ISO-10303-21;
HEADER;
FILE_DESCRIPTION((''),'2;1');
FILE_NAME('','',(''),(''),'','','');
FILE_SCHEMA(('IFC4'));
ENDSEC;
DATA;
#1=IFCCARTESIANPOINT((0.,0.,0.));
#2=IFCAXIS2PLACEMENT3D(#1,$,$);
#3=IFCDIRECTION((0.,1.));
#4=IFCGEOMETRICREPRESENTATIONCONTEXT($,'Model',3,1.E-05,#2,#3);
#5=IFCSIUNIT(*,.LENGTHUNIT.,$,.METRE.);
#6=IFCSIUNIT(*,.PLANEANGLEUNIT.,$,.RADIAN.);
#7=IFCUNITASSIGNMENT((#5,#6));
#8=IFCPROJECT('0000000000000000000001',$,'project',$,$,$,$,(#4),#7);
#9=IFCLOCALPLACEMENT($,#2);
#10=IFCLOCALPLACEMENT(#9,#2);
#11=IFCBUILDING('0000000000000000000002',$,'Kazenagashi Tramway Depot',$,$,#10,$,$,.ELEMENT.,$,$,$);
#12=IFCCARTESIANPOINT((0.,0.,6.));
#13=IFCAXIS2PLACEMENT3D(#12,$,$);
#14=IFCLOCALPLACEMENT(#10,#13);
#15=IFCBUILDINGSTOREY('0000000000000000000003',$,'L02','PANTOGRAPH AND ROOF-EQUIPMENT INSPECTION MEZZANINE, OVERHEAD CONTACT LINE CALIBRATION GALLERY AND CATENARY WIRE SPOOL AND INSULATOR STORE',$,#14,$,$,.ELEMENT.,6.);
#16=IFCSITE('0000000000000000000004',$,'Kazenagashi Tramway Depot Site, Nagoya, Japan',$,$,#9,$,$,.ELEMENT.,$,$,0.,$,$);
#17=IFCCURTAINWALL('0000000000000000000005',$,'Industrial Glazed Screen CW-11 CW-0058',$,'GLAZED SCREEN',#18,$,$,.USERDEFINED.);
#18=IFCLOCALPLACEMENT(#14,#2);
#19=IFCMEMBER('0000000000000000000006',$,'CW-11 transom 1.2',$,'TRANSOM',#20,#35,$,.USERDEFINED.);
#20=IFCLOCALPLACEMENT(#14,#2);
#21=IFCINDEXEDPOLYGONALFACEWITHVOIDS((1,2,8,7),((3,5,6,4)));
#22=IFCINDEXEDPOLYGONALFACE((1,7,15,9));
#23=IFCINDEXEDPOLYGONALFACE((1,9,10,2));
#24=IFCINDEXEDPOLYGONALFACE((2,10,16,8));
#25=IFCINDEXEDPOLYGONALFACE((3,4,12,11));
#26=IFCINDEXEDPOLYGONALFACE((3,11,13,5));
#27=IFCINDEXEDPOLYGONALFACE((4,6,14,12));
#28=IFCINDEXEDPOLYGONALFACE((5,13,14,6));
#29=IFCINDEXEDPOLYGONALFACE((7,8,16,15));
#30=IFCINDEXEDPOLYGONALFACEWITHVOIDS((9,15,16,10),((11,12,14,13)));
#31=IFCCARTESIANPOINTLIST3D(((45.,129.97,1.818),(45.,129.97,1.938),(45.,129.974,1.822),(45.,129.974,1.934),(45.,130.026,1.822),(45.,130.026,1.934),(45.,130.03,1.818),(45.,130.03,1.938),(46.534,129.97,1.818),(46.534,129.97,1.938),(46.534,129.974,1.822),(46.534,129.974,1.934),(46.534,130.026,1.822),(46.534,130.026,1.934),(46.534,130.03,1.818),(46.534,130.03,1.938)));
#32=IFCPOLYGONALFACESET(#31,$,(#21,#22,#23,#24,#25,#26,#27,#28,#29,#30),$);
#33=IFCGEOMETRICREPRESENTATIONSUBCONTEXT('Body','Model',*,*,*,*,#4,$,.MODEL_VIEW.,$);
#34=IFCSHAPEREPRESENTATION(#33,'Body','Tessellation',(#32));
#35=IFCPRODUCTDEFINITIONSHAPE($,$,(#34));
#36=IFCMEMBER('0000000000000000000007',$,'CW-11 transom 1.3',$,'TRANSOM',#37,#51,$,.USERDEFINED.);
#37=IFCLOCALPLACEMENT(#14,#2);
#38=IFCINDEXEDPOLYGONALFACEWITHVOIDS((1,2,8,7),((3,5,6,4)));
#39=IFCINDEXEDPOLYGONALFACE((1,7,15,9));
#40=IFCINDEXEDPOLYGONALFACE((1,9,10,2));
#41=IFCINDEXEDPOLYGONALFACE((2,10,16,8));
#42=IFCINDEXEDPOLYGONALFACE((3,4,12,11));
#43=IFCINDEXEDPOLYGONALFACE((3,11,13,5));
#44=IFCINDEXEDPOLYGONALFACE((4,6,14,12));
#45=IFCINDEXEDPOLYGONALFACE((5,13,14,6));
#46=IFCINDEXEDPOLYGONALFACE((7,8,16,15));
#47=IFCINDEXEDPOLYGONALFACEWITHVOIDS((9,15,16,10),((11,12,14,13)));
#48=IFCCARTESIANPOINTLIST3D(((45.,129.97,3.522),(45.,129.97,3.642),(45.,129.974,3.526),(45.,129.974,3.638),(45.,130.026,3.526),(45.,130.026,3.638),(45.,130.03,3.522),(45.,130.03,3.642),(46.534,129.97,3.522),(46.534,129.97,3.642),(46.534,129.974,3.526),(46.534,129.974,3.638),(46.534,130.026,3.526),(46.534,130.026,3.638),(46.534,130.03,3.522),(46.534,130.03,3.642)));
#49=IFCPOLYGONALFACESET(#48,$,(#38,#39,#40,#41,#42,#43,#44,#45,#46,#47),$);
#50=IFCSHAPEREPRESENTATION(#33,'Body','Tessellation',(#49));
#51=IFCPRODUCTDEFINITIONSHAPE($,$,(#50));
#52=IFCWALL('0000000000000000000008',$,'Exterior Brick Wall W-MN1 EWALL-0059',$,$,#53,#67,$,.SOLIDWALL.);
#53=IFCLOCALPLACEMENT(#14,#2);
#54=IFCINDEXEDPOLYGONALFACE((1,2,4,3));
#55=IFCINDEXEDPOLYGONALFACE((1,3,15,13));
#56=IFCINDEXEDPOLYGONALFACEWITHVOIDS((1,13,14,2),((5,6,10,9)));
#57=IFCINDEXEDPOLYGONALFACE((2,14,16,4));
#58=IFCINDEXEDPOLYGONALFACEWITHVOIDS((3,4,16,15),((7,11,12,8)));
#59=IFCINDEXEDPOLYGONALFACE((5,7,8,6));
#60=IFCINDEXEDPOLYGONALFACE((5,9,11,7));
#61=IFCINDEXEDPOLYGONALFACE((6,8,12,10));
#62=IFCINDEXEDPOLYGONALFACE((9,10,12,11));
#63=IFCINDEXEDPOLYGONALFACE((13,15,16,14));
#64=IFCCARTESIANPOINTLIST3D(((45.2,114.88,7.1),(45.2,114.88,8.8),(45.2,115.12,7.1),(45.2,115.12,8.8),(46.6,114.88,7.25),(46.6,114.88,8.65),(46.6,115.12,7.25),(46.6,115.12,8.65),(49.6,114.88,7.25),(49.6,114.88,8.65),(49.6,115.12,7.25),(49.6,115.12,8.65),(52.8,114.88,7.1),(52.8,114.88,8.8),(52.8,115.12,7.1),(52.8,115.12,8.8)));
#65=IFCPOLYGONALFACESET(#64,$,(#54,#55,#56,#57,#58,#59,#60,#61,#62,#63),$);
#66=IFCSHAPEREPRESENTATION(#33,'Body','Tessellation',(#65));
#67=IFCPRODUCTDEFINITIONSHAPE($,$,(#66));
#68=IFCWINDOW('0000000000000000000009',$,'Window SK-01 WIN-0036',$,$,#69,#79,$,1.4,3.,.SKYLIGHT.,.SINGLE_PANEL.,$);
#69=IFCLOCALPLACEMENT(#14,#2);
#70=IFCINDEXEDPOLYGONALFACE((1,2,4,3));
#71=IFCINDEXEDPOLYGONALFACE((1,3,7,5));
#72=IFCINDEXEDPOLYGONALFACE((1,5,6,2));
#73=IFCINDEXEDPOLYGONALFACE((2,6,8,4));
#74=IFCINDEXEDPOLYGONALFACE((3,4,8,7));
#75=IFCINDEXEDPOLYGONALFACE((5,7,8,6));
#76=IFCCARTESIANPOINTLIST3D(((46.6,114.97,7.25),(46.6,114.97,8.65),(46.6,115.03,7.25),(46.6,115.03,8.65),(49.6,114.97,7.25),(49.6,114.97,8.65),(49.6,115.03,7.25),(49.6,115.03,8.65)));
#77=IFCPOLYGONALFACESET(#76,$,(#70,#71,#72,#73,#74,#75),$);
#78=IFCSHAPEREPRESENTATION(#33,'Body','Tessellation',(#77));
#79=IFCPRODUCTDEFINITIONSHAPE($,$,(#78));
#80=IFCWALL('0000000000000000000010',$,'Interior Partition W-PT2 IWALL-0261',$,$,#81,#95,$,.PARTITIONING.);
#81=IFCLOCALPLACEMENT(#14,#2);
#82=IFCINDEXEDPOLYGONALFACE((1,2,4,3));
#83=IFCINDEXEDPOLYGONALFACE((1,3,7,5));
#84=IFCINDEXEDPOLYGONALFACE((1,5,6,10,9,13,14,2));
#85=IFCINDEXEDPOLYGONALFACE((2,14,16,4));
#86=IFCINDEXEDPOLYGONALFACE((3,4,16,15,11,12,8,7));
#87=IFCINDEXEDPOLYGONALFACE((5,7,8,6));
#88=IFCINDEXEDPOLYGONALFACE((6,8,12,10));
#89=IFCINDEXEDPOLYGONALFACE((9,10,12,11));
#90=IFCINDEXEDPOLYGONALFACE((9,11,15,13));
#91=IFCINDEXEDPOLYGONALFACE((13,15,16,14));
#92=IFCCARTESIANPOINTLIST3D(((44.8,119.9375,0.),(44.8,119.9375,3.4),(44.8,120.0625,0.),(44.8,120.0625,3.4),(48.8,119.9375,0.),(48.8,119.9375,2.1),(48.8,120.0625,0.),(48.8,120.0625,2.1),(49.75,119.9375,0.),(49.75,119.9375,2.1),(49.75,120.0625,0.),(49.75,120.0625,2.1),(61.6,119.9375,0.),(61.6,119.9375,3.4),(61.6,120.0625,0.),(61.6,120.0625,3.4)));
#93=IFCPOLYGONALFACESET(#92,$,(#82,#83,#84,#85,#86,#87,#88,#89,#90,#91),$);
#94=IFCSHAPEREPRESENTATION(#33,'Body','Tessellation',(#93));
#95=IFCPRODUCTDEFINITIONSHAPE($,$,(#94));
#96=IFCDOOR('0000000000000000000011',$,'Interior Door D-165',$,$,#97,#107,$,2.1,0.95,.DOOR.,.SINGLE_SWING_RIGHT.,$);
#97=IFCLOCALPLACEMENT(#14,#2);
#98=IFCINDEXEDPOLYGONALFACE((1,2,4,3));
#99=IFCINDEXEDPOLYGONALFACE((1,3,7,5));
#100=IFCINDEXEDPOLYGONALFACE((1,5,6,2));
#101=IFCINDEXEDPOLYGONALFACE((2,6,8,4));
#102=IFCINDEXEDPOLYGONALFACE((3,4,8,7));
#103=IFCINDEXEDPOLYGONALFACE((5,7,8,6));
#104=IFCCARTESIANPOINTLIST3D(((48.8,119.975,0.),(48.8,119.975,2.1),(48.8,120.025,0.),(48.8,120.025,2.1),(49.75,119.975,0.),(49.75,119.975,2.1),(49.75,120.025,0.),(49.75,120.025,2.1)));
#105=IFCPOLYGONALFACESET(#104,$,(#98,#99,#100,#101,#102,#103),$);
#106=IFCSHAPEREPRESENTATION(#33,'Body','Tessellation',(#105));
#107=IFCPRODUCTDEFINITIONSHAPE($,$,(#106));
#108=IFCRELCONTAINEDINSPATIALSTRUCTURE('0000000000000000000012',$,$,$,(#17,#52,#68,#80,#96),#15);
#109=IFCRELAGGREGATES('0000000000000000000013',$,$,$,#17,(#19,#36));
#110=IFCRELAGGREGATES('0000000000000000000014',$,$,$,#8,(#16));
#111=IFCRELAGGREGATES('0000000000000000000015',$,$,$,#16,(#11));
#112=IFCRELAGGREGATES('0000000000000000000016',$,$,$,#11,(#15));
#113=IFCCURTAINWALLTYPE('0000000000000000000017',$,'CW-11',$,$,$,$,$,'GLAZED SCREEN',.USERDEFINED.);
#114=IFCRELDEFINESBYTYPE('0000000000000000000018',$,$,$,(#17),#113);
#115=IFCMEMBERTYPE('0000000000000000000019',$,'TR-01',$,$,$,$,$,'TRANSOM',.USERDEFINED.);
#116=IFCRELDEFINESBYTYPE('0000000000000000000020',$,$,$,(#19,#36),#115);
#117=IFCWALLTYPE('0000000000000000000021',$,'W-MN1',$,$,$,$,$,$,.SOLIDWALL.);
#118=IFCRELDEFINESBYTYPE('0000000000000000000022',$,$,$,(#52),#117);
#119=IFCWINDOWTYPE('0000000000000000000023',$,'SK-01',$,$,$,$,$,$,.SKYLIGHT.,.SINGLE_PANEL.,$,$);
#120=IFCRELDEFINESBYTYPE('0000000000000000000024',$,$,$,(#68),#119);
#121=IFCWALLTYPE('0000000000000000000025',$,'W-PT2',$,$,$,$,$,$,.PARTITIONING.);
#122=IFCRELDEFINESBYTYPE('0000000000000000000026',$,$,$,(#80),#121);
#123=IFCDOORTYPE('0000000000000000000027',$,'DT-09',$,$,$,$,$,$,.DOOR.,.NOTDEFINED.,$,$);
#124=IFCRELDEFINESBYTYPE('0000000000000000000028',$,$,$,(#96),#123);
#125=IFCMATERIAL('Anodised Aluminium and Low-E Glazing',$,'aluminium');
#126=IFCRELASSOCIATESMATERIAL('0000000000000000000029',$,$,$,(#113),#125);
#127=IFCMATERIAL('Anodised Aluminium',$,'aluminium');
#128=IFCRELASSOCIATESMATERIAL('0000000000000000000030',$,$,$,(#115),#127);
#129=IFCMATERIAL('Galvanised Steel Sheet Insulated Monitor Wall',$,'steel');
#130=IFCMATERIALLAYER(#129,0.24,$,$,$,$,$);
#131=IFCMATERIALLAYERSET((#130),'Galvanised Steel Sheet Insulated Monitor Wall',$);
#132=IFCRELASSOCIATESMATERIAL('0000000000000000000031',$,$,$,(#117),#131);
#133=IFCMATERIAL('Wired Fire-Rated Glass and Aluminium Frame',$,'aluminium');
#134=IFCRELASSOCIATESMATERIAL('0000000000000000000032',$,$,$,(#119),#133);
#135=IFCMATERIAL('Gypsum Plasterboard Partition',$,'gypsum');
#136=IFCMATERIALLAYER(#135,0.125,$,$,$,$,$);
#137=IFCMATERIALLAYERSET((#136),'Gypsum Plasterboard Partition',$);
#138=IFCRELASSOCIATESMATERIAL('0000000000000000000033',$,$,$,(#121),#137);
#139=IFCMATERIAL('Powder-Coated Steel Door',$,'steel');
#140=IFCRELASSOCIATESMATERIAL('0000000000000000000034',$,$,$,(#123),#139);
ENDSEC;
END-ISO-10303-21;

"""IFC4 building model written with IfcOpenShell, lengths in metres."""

from ifc_helpers import new_model, si_unit, direction, frame, frame_2d, origin, origin_2d, place, context, subcontext, project, spatial, rectangle, hollow_rectangle, extrude, material, layer, layer_set, material_profile, profile_set, type_object, element, fill, aggregate, save


model = new_model("IFC4")

# Units and contexts
model_context = context("Model", 3, precision=1e-05, world=origin(), true_north=direction((0.0, 1.0)))
body_context = subcontext(model_context, "Body", "Model", "MODEL_VIEW")
ifc_project = project(units=[si_unit("LENGTHUNIT", "METRE"), si_unit("PLANEANGLEUNIT", "RADIAN")], contexts=[model_context])

# Site, building, storey
site_placement = place(None, origin())
site = spatial("IfcSite", under=ifc_project, at=site_placement, Name="Kazenagashi Tramway Depot Site, Nagoya, Japan", CompositionType="ELEMENT", RefElevation=0.0)
building_placement = place(site_placement, origin())
building = spatial("IfcBuilding", under=site, at=building_placement, Name="Kazenagashi Tramway Depot", CompositionType="ELEMENT")
storey_placement = place(building_placement, frame((0.0, 0.0, 6.0)))
storey = spatial("IfcBuildingStorey", under=building, at=storey_placement, Name="L02", Description="PANTOGRAPH AND ROOF-EQUIPMENT INSPECTION MEZZANINE, OVERHEAD CONTACT LINE CALIBRATION GALLERY AND CATENARY WIRE SPOOL AND INSULATOR STORE", CompositionType="ELEMENT", Elevation=6.0)

# Curtain wall
ifc_material_1 = material(Name="Anodised Aluminium and Low-E Glazing", Category="aluminium")
curtain_wall_type = type_object("IfcCurtainWallType", Name="CW-11", ElementType="GLAZED SCREEN", PredefinedType="USERDEFINED", material=ifc_material_1)
curtain_wall_placement = place(storey_placement, origin())
curtain_wall = element("IfcCurtainWall", 1, at=curtain_wall_placement, inside=storey, type_object=curtain_wall_type, Name="Industrial Glazed Screen CW-11 CW-0058", ObjectType="GLAZED SCREEN", PredefinedType="USERDEFINED")
ifc_material_2 = material(Name="Anodised Aluminium", Category="aluminium")

# Members
ifc_material_profile_1 = material_profile(ifc_material_2, hollow_rectangle(XDim=0.06, YDim=0.12, WallThickness=0.004, at=origin_2d()), Name="RHS-120x60x4")
ifc_profile_set_1 = profile_set([ifc_material_profile_1], Name="Anodised Aluminium")
member_type_1 = type_object("IfcMemberType", Name="TR-01", ElementType="TRANSOM", PredefinedType="USERDEFINED", material=ifc_profile_set_1)
member_1_placement = place(storey_placement, frame((45.0, 130.0, 1.878), z_axis=(1.0, 0.0, 0.0), x_axis=(0.0, 1.0, 0.0)))
member_1 = element("IfcMember", 2, at=member_1_placement, type_object=member_type_1, Name="CW-11 transom 1.2", ObjectType="TRANSOM", PredefinedType="USERDEFINED", context=body_context, shape_type="SweptSolid", body=[
    extrude(hollow_rectangle(XDim=0.06, YDim=0.12, WallThickness=0.004, at=origin_2d()), origin(), (0.0, 0.0, 1.0), 1.534),
])
member_2_placement = place(storey_placement, frame((45.0, 130.0, 3.582), z_axis=(1.0, 0.0, 0.0), x_axis=(0.0, 1.0, 0.0)))
member_2 = element("IfcMember", 3, at=member_2_placement, type_object=member_type_1, Name="CW-11 transom 1.3", ObjectType="TRANSOM", PredefinedType="USERDEFINED", context=body_context, shape_type="SweptSolid", body=[
    extrude(hollow_rectangle(XDim=0.06, YDim=0.12, WallThickness=0.004, at=origin_2d()), origin(), (0.0, 0.0, 1.0), 1.534),
])
aggregate(curtain_wall, [member_1, member_2])

# Wall, opening, window
ifc_material_3 = material(Name="Galvanised Steel Sheet Insulated Monitor Wall", Category="steel")
ifc_layer_1 = layer(ifc_material_3, 0.24)
ifc_layer_set_1 = layer_set([ifc_layer_1], Name="Galvanised Steel Sheet Insulated Monitor Wall")
wall_type_1 = type_object("IfcWallType", Name="W-MN1", PredefinedType="SOLIDWALL", material=ifc_layer_set_1)
wall_1_placement = place(storey_placement, frame((45.2, 115.0, 7.1), z_axis=(0.0, 0.0, 1.0), x_axis=(1.0, 0.0, 0.0)))
wall_1 = element("IfcWall", 4, at=wall_1_placement, inside=storey, type_object=wall_type_1, Name="Exterior Brick Wall W-MN1 EWALL-0059", PredefinedType="SOLIDWALL", context=body_context, shape_type="SweptSolid", body=[
    extrude(rectangle(XDim=7.6, YDim=0.24, at=frame_2d((3.8, 0.0))), origin(), (0.0, 0.0, 1.0), 1.7),
])
opening_1_placement = place(wall_1_placement, frame((1.4, 0.0, 0.15)))
opening_1 = element("IfcOpeningElement", 5, at=opening_1_placement, cuts=wall_1, PredefinedType="OPENING", context=body_context, shape_type="SweptSolid", body=[
    extrude(rectangle(XDim=3.0, YDim=1.4, at=frame_2d((1.5, 0.7))), frame((0.0, 0.13, 0.0), z_axis=(0.0, -1.0, 0.0), x_axis=(1.0, 0.0, 0.0)), (0.0, 0.0, 1.0), 0.26),
])
ifc_material_4 = material(Name="Wired Fire-Rated Glass and Aluminium Frame", Category="aluminium")
window_type = type_object("IfcWindowType", Name="SK-01", PartitioningType="SINGLE_PANEL", PredefinedType="SKYLIGHT", material=ifc_material_4)
window_placement = place(opening_1_placement, origin())
window = element("IfcWindow", 6, at=window_placement, inside=storey, type_object=window_type, Name="Window SK-01 WIN-0036", OverallHeight=1.4, OverallWidth=3.0, PartitioningType="SINGLE_PANEL", PredefinedType="SKYLIGHT", context=body_context, shape_type="SweptSolid", body=[
    extrude(rectangle(XDim=3.0, YDim=1.4, at=frame_2d((1.5, 0.7))), frame((0.0, 0.03, 0.0), z_axis=(0.0, -1.0, 0.0), x_axis=(1.0, 0.0, 0.0)), (0.0, 0.0, 1.0), 0.06),
])
fill(opening_1, window)

# Wall, opening, door
ifc_material_5 = material(Name="Gypsum Plasterboard Partition", Category="gypsum")
ifc_layer_2 = layer(ifc_material_5, 0.125)
ifc_layer_set_2 = layer_set([ifc_layer_2], Name="Gypsum Plasterboard Partition")
wall_type_2 = type_object("IfcWallType", Name="W-PT2", PredefinedType="PARTITIONING", material=ifc_layer_set_2)
wall_2_placement = place(storey_placement, frame((44.8, 120.0, 0.0), z_axis=(0.0, 0.0, 1.0), x_axis=(1.0, 0.0, 0.0)))
wall_2 = element("IfcWall", 7, at=wall_2_placement, inside=storey, type_object=wall_type_2, Name="Interior Partition W-PT2 IWALL-0261", PredefinedType="PARTITIONING", context=body_context, shape_type="SweptSolid", body=[
    extrude(rectangle(XDim=16.8, YDim=0.125, at=frame_2d((8.4, 0.0))), origin(), (0.0, 0.0, 1.0), 3.4),
])
opening_2_placement = place(wall_2_placement, frame((4.0, 0.0, 0.0)))
opening_2 = element("IfcOpeningElement", 8, at=opening_2_placement, cuts=wall_2, PredefinedType="OPENING", context=body_context, shape_type="SweptSolid", body=[
    extrude(rectangle(XDim=0.95, YDim=2.1, at=frame_2d((0.475, 1.05))), frame((0.0, 0.0725, 0.0), z_axis=(0.0, -1.0, 0.0), x_axis=(1.0, 0.0, 0.0)), (0.0, 0.0, 1.0), 0.145),
])
ifc_material_6 = material(Name="Powder-Coated Steel Door", Category="steel")
door_type = type_object("IfcDoorType", Name="DT-09", OperationType="NOTDEFINED", PredefinedType="DOOR", material=ifc_material_6)
door_placement = place(opening_2_placement, origin())
door = element("IfcDoor", 9, at=door_placement, inside=storey, type_object=door_type, Name="Interior Door D-165", OperationType="SINGLE_SWING_RIGHT", OverallHeight=2.1, OverallWidth=0.95, PredefinedType="DOOR", context=body_context, shape_type="SweptSolid", body=[
    extrude(rectangle(XDim=0.95, YDim=2.1, at=frame_2d((0.475, 1.05))), frame((0.0, 0.025, 0.0), z_axis=(0.0, -1.0, 0.0), x_axis=(1.0, 0.0, 0.0)), (0.0, 0.0, 1.0), 0.05),
])
fill(opening_2, door)

save(model, "model.ifc")
